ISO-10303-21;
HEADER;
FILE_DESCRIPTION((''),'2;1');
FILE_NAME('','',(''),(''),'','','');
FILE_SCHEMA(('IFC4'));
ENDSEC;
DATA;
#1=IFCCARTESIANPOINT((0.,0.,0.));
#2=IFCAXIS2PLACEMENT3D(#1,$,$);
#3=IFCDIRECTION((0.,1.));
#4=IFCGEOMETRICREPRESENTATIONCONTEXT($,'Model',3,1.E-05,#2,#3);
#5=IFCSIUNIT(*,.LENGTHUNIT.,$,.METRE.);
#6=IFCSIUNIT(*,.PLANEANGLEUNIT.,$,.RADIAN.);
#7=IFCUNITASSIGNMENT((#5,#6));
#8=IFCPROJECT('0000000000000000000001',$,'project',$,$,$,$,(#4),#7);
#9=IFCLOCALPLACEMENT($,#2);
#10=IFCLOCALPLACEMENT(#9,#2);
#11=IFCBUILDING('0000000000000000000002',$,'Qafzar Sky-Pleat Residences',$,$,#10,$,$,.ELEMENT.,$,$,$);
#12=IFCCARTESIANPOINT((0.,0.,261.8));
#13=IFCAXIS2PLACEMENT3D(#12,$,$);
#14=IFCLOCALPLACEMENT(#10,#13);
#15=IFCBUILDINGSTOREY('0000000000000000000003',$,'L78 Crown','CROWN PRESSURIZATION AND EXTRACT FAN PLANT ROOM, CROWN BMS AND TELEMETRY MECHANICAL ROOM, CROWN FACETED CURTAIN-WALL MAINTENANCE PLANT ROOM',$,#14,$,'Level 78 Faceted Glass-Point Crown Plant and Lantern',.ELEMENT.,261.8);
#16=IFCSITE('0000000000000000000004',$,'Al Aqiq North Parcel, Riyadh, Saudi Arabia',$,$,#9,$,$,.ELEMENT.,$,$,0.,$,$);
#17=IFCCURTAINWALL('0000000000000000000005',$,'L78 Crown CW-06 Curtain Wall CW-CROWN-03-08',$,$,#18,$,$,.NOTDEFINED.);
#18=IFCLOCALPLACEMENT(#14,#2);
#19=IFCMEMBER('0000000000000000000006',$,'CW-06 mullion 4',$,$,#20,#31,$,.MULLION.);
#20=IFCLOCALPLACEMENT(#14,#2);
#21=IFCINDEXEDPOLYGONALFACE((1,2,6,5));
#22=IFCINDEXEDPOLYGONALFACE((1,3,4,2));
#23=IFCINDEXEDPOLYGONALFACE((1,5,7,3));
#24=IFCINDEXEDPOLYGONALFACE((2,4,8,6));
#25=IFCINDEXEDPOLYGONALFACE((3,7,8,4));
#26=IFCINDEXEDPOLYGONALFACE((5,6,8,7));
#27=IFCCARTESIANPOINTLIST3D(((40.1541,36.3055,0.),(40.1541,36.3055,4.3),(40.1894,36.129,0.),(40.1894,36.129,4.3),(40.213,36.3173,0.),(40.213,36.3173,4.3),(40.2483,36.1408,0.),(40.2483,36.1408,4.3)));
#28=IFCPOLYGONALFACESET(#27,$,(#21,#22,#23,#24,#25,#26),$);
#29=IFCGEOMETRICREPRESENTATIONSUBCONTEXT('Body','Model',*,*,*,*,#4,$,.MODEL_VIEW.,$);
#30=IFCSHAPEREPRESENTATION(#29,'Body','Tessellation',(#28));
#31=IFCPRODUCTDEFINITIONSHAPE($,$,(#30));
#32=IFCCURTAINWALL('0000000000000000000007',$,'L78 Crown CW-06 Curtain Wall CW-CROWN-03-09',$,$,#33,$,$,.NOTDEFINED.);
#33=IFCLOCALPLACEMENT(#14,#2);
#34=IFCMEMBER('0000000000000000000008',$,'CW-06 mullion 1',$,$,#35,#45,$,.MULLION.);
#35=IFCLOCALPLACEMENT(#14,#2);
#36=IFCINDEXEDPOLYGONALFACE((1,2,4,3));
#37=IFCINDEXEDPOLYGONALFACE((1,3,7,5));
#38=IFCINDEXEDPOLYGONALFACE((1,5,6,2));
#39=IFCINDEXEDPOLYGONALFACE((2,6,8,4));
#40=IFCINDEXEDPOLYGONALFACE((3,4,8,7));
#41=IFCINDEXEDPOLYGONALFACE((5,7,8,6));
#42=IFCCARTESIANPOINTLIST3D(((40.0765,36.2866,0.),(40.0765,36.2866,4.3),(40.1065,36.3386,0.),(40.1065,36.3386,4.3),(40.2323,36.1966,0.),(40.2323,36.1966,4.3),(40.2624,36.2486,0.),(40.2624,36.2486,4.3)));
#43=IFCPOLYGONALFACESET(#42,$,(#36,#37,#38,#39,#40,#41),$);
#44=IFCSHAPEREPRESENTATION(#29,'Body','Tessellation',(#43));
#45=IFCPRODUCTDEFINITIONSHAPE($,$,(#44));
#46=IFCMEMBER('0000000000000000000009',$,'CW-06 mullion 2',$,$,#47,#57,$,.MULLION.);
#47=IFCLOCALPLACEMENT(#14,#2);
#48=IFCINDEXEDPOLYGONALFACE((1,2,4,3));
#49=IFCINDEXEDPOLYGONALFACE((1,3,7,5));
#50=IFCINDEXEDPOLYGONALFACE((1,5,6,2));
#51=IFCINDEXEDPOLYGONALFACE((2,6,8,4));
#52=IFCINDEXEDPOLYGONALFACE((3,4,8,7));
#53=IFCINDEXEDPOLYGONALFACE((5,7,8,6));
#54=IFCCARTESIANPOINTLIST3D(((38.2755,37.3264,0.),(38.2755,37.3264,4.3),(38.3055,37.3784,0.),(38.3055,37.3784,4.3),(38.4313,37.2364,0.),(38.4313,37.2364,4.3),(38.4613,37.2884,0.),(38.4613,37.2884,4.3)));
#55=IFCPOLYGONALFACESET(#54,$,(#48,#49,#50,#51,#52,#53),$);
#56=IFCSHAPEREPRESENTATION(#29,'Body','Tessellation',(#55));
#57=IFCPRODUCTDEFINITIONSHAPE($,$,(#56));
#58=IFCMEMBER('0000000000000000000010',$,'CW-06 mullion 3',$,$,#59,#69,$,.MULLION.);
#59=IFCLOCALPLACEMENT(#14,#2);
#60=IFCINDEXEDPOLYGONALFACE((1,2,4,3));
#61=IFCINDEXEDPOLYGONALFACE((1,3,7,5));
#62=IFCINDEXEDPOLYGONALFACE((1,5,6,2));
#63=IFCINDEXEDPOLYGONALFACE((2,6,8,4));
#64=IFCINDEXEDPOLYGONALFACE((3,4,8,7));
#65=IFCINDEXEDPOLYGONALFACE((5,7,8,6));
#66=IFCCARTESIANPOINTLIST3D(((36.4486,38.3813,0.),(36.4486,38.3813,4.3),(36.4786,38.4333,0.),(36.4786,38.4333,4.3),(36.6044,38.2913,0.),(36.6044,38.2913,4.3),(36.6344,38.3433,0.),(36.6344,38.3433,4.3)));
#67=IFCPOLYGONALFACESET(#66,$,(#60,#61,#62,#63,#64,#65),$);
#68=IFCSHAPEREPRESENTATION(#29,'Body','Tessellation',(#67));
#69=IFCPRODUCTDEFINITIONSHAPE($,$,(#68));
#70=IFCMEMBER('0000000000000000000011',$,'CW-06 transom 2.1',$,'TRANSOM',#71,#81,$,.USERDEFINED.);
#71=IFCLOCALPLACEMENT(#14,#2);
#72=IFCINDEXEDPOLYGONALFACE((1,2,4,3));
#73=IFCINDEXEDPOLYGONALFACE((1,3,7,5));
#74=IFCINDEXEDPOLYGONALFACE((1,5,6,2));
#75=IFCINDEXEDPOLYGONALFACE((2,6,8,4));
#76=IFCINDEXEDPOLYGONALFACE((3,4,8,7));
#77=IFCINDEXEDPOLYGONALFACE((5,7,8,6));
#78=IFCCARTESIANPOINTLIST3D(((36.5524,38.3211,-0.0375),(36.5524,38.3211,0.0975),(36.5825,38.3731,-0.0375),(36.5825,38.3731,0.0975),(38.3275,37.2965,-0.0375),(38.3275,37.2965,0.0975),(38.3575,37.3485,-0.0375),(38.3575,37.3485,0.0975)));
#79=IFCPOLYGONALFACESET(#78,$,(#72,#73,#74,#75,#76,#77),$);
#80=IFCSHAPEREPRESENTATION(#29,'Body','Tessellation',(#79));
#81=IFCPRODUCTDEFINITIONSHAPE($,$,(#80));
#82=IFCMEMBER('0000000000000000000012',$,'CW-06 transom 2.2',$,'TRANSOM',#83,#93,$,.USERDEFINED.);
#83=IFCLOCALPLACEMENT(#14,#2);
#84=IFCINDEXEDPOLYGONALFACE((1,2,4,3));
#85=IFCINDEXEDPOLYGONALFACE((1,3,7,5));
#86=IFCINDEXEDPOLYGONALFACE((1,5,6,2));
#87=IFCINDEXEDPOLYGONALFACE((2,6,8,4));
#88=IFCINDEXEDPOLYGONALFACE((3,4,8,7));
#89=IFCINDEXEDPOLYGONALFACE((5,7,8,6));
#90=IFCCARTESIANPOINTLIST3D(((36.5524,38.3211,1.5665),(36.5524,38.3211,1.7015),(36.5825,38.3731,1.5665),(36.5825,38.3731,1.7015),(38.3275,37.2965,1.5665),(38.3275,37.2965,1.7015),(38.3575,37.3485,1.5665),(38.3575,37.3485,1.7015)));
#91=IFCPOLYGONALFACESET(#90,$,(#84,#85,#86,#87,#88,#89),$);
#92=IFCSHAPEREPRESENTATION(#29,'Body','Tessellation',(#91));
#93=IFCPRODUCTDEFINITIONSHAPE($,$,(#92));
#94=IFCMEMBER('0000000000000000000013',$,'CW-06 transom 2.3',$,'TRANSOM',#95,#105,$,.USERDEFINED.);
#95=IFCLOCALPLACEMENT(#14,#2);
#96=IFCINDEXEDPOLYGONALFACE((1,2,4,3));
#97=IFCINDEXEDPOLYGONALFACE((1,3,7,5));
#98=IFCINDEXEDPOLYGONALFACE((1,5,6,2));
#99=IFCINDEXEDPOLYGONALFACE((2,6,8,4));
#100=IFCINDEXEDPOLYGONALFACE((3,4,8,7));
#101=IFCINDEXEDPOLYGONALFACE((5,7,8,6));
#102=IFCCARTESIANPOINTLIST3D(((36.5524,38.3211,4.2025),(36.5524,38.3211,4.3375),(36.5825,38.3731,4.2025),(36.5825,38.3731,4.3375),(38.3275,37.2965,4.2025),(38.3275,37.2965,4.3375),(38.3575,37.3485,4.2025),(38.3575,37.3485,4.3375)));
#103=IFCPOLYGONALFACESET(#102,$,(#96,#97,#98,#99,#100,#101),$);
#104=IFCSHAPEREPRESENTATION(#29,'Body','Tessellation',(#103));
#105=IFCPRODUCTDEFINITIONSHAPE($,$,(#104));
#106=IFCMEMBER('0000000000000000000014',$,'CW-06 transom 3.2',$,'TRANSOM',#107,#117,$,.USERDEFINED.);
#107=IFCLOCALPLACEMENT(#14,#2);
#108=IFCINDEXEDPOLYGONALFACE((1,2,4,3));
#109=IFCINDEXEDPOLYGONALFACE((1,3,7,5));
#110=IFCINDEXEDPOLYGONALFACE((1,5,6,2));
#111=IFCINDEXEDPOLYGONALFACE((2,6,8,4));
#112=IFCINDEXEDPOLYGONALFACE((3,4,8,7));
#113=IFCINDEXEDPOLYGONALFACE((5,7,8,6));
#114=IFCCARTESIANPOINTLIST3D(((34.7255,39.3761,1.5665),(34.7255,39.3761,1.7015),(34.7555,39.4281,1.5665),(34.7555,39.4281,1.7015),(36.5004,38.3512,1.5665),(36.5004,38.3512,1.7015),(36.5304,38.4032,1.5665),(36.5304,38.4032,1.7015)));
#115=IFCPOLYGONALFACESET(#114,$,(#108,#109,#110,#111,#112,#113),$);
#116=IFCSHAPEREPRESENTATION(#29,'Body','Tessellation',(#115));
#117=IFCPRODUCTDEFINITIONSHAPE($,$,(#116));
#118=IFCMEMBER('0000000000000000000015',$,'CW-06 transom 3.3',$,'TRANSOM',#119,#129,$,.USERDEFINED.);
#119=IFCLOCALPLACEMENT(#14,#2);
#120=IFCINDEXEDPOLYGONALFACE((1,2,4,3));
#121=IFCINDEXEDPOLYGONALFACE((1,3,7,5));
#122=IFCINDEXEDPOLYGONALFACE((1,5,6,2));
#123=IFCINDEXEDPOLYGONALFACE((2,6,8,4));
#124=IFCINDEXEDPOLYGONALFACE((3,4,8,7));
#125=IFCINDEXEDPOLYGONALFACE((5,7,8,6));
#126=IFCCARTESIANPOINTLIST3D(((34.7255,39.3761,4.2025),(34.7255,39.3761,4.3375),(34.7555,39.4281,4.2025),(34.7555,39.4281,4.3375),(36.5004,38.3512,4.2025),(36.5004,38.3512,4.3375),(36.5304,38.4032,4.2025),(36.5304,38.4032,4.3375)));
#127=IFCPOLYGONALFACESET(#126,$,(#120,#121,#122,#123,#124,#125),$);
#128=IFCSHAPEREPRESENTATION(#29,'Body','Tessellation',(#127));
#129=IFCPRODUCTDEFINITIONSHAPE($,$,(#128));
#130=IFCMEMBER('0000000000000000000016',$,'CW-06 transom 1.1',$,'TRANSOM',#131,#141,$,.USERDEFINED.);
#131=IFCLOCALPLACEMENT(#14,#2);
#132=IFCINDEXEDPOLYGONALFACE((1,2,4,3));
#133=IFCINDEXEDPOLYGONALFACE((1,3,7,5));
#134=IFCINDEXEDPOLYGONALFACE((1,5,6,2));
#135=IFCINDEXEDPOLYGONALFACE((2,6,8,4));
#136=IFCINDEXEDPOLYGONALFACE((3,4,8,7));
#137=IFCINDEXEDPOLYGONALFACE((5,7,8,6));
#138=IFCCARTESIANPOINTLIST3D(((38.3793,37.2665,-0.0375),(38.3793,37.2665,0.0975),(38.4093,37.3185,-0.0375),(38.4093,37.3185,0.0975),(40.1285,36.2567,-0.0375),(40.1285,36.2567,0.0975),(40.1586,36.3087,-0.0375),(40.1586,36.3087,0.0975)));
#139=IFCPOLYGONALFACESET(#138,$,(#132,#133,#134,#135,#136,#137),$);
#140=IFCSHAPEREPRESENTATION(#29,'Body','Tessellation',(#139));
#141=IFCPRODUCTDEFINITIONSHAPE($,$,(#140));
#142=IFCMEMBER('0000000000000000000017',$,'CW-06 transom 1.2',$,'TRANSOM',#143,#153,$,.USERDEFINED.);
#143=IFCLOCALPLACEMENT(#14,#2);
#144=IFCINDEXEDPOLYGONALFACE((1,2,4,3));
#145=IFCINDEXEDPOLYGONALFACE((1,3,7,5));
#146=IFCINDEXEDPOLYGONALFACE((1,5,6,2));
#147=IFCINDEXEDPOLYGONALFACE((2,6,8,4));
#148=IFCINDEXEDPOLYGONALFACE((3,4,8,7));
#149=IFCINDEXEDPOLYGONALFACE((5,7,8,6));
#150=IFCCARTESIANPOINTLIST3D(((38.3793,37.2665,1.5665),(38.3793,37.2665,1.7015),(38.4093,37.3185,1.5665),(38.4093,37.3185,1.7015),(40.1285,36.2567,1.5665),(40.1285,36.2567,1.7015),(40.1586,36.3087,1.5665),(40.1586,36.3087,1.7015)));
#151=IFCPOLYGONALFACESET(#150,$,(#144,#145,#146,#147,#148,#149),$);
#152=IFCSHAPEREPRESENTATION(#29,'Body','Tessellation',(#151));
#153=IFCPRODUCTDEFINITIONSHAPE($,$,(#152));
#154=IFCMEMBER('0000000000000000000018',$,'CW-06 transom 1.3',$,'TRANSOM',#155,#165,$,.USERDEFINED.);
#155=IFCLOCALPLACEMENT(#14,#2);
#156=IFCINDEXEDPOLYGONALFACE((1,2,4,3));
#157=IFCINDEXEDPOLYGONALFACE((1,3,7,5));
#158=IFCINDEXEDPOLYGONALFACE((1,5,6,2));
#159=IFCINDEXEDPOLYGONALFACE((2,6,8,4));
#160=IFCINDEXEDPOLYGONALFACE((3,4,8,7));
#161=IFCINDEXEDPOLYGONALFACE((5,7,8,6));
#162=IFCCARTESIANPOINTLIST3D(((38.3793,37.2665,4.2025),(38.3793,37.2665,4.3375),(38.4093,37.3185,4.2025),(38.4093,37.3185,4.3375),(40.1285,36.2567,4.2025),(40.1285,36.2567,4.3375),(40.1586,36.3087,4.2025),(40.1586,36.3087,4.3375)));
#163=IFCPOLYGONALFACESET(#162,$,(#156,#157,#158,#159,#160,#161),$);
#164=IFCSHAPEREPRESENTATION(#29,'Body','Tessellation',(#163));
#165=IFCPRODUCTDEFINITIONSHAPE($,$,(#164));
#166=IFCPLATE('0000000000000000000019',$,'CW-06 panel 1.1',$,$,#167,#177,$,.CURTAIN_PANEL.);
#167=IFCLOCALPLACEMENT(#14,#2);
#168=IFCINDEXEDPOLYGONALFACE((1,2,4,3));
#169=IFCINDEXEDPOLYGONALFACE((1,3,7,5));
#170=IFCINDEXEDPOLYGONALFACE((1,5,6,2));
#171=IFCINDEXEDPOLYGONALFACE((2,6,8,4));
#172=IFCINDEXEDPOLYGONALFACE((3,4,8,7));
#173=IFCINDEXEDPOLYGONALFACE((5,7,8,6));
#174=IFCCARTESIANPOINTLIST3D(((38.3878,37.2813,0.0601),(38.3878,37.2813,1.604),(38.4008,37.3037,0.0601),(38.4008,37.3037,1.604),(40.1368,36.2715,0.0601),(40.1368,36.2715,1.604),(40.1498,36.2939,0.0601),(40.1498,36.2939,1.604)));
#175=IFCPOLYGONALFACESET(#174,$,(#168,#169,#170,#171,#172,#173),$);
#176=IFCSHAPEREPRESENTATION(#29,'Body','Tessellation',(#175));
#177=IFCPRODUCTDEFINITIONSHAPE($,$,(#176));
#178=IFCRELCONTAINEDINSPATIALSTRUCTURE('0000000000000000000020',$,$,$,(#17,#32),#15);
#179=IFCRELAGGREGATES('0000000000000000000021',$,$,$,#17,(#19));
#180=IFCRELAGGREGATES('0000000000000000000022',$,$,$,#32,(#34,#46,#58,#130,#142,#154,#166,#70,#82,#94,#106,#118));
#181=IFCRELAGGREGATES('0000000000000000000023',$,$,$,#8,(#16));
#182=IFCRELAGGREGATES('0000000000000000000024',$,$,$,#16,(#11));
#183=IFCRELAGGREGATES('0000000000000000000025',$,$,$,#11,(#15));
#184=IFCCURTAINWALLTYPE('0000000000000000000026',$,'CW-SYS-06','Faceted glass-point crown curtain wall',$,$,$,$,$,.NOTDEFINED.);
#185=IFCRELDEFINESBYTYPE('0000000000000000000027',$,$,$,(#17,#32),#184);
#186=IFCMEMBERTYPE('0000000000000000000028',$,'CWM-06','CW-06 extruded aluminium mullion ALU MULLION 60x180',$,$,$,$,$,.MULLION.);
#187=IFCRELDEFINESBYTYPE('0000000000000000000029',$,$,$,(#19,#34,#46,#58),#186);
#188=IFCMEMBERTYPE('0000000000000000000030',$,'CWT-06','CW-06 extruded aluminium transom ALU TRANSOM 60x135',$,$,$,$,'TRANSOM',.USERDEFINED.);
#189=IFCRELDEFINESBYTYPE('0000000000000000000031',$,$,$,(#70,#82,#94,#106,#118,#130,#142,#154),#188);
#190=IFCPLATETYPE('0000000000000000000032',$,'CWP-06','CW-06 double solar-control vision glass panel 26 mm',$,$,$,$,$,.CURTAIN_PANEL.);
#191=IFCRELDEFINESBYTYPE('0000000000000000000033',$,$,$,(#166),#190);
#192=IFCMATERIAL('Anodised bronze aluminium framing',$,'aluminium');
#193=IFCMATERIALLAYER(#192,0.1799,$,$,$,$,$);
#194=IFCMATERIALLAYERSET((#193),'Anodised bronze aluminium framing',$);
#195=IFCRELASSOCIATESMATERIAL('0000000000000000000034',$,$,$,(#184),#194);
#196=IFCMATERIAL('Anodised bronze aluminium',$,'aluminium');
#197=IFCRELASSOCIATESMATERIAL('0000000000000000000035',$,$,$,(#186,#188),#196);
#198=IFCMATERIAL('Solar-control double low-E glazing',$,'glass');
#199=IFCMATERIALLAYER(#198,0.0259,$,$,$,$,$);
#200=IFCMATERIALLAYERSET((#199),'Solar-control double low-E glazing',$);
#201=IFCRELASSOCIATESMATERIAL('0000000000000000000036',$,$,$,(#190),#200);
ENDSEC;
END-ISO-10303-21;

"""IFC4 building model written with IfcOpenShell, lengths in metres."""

from ifc_helpers import new_model, si_unit, direction, frame, origin, origin_2d, place, context, subcontext, project, spatial, rectangle, extrude, source, transform, mapped, material, layer, layer_set, material_profile, profile_set, type_object, element, aggregate, save


model = new_model("IFC4")

# Units and contexts
model_context = context("Model", 3, precision=1e-05, world=origin(), true_north=direction((0.0, 1.0)))
body_context = subcontext(model_context, "Body", "Model", "MODEL_VIEW")
ifc_project = project(units=[si_unit("LENGTHUNIT", "METRE"), si_unit("PLANEANGLEUNIT", "RADIAN")], contexts=[model_context])

# Site, building, storey
site_placement = place(None, origin())
site = spatial("IfcSite", under=ifc_project, at=site_placement, Name="Al Aqiq North Parcel, Riyadh, Saudi Arabia", CompositionType="ELEMENT", RefElevation=0.0)
building_placement = place(site_placement, origin())
building = spatial("IfcBuilding", under=site, at=building_placement, Name="Qafzar Sky-Pleat Residences", CompositionType="ELEMENT")
storey_placement = place(building_placement, frame((0.0, 0.0, 261.8)))
storey = spatial("IfcBuildingStorey", under=building, at=storey_placement, Name="L78 Crown", Description="CROWN PRESSURIZATION AND EXTRACT FAN PLANT ROOM, CROWN BMS AND TELEMETRY MECHANICAL ROOM, CROWN FACETED CURTAIN-WALL MAINTENANCE PLANT ROOM", LongName="Level 78 Faceted Glass-Point Crown Plant and Lantern", CompositionType="ELEMENT", Elevation=261.8)

# Curtain wall, member
ifc_material_1 = material(Name="Anodised bronze aluminium framing", Category="aluminium")
ifc_layer_1 = layer(ifc_material_1, 0.1799)
ifc_layer_set_1 = layer_set([ifc_layer_1], Name="Anodised bronze aluminium framing")
curtain_wall_type = type_object("IfcCurtainWallType", Name="CW-SYS-06", Description="Faceted glass-point crown curtain wall", PredefinedType="NOTDEFINED", material=ifc_layer_set_1)
curtain_wall_1_placement = place(storey_placement, origin())
curtain_wall_1 = element("IfcCurtainWall", 1, at=curtain_wall_1_placement, inside=storey, type_object=curtain_wall_type, Name="L78 Crown CW-06 Curtain Wall CW-CROWN-03-08", PredefinedType="NOTDEFINED")
ifc_material_2 = material(Name="Anodised bronze aluminium", Category="aluminium")
ifc_material_profile_1 = material_profile(ifc_material_2, rectangle(XDim=0.0601, YDim=0.1799, at=origin_2d()), Name="ALU MULLION 60x180")
ifc_profile_set_1 = profile_set([ifc_material_profile_1], Name="Anodised bronze aluminium")
member_type_1 = type_object("IfcMemberType", Name="CWM-06", Description="CW-06 extruded aluminium mullion ALU MULLION 60x180", PredefinedType="MULLION", material=ifc_profile_set_1)
shared_shape_1 = source(origin(), body_context, "Body", "SweptSolid", [
    extrude(rectangle(XDim=0.0601, YDim=0.1799, at=origin_2d()), origin(), (0.0, 0.0, 1.0), 4.3),
])
member_1_placement = place(storey_placement, frame((40.2012, 36.2231, 0.0), z_axis=(0.0, 0.0, 1.0), x_axis=(-0.980581, -0.196113, 0.0)))
member_1 = element("IfcMember", 2, at=member_1_placement, type_object=member_type_1, Name="CW-06 mullion 4", PredefinedType="MULLION", context=body_context, shape_type="MappedRepresentation", body=[
    mapped(shared_shape_1, transform((0.0, 0.0, 0.0), x_axis=(1.0, 0.0, 0.0), y_axis=(0.0, 1.0, 0.0), z_axis=(0.0, 0.0, 1.0), scale=1.0)),
])
aggregate(curtain_wall_1, [member_1])

# Curtain wall, members, plate
curtain_wall_2_placement = place(storey_placement, origin())
curtain_wall_2 = element("IfcCurtainWall", 3, at=curtain_wall_2_placement, inside=storey, type_object=curtain_wall_type, Name="L78 Crown CW-06 Curtain Wall CW-CROWN-03-09", PredefinedType="NOTDEFINED")
member_2_placement = place(storey_placement, frame((40.1694, 36.2676, 0.0), z_axis=(0.0, 0.0, 1.0), x_axis=(-0.500002, -0.866024, 0.0)))
member_2 = element("IfcMember", 4, at=member_2_placement, type_object=member_type_1, Name="CW-06 mullion 1", PredefinedType="MULLION", context=body_context, shape_type="MappedRepresentation", body=[
    mapped(shared_shape_1, transform((0.0, 0.0, 0.0), x_axis=(1.0, 0.0, 0.0), y_axis=(0.0, 1.0, 0.0), z_axis=(0.0, 0.0, 1.0), scale=1.0)),
])
member_3_placement = place(storey_placement, frame((38.3684, 37.3074, 0.0), z_axis=(0.0, 0.0, 1.0), x_axis=(-0.500002, -0.866024, 0.0)))
member_3 = element("IfcMember", 5, at=member_3_placement, type_object=member_type_1, Name="CW-06 mullion 2", PredefinedType="MULLION", context=body_context, shape_type="MappedRepresentation", body=[
    mapped(shared_shape_1, transform((0.0, 0.0, 0.0), x_axis=(1.0, 0.0, 0.0), y_axis=(0.0, 1.0, 0.0), z_axis=(0.0, 0.0, 1.0), scale=1.0)),
])
member_4_placement = place(storey_placement, frame((36.5415, 38.3623, 0.0), z_axis=(0.0, 0.0, 1.0), x_axis=(-0.500002, -0.866024, 0.0)))
member_4 = element("IfcMember", 6, at=member_4_placement, type_object=member_type_1, Name="CW-06 mullion 3", PredefinedType="MULLION", context=body_context, shape_type="MappedRepresentation", body=[
    mapped(shared_shape_1, transform((0.0, 0.0, 0.0), x_axis=(1.0, 0.0, 0.0), y_axis=(0.0, 1.0, 0.0), z_axis=(0.0, 0.0, 1.0), scale=1.0)),
])
ifc_material_profile_2 = material_profile(ifc_material_2, rectangle(XDim=0.0601, YDim=0.135, at=origin_2d()), Name="ALU TRANSOM 60x135")
ifc_profile_set_2 = profile_set([ifc_material_profile_2], Name="Anodised bronze aluminium")
member_type_2 = type_object("IfcMemberType", Name="CWT-06", Description="CW-06 extruded aluminium transom ALU TRANSOM 60x135", ElementType="TRANSOM", PredefinedType="USERDEFINED", material=ifc_profile_set_2)
shared_shape_2 = source(origin(), body_context, "Body", "SweptSolid", [
    extrude(rectangle(XDim=0.0601, YDim=0.135, at=origin_2d()), origin(), (0.0, 0.0, 1.0), 2.0496),
])
member_5_placement = place(storey_placement, frame((38.3425, 37.3225, 0.03), z_axis=(-0.866073, 0.499918, 0.0), x_axis=(-0.499918, -0.866073, 0.0)))
member_5 = element("IfcMember", 7, at=member_5_placement, type_object=member_type_2, Name="CW-06 transom 2.1", ObjectType="TRANSOM", PredefinedType="USERDEFINED", context=body_context, shape_type="MappedRepresentation", body=[
    mapped(shared_shape_2, transform((0.0, 0.0, 0.0), x_axis=(1.0, 0.0, 0.0), y_axis=(0.0, 1.0, 0.0), z_axis=(0.0, 0.0, 1.0), scale=1.0)),
])
member_6_placement = place(storey_placement, frame((38.3425, 37.3225, 1.634), z_axis=(-0.866073, 0.499918, 0.0), x_axis=(-0.499918, -0.866073, 0.0)))
member_6 = element("IfcMember", 8, at=member_6_placement, type_object=member_type_2, Name="CW-06 transom 2.2", ObjectType="TRANSOM", PredefinedType="USERDEFINED", context=body_context, shape_type="MappedRepresentation", body=[
    mapped(shared_shape_2, transform((0.0, 0.0, 0.0), x_axis=(1.0, 0.0, 0.0), y_axis=(0.0, 1.0, 0.0), z_axis=(0.0, 0.0, 1.0), scale=1.0)),
])
member_7_placement = place(storey_placement, frame((38.3425, 37.3225, 4.27), z_axis=(-0.866073, 0.499918, 0.0), x_axis=(-0.499918, -0.866073, 0.0)))
member_7 = element("IfcMember", 9, at=member_7_placement, type_object=member_type_2, Name="CW-06 transom 2.3", ObjectType="TRANSOM", PredefinedType="USERDEFINED", context=body_context, shape_type="MappedRepresentation", body=[
    mapped(shared_shape_2, transform((0.0, 0.0, 0.0), x_axis=(1.0, 0.0, 0.0), y_axis=(0.0, 1.0, 0.0), z_axis=(0.0, 0.0, 1.0), scale=1.0)),
])
member_8_placement = place(storey_placement, frame((36.5154, 38.3772, 1.634), z_axis=(-0.865991, 0.500059, 0.0), x_axis=(-0.500059, -0.865991, 0.0)))
member_8 = element("IfcMember", 10, at=member_8_placement, type_object=member_type_2, Name="CW-06 transom 3.2", ObjectType="TRANSOM", PredefinedType="USERDEFINED", context=body_context, shape_type="MappedRepresentation", body=[
    mapped(shared_shape_2, transform((0.0, 0.0, 0.0), x_axis=(1.0, 0.0, 0.0), y_axis=(0.0, 1.0, 0.0), z_axis=(0.0, 0.0, 1.0), scale=1.0)),
])
member_9_placement = place(storey_placement, frame((36.5154, 38.3772, 4.27), z_axis=(-0.865991, 0.500059, 0.0), x_axis=(-0.500059, -0.865991, 0.0)))
member_9 = element("IfcMember", 11, at=member_9_placement, type_object=member_type_2, Name="CW-06 transom 3.3", ObjectType="TRANSOM", PredefinedType="USERDEFINED", context=body_context, shape_type="MappedRepresentation", body=[
    mapped(shared_shape_2, transform((0.0, 0.0, 0.0), x_axis=(1.0, 0.0, 0.0), y_axis=(0.0, 1.0, 0.0), z_axis=(0.0, 0.0, 1.0), scale=1.0)),
])
shared_shape_3 = source(origin(), body_context, "Body", "SweptSolid", [
    extrude(rectangle(XDim=0.0601, YDim=0.135, at=origin_2d()), origin(), (0.0, 0.0, 1.0), 2.0198),
])
member_10_placement = place(storey_placement, frame((40.1436, 36.2827, 0.03), z_axis=(-0.866063, 0.499935, 0.0), x_axis=(-0.499935, -0.866063, 0.0)))
member_10 = element("IfcMember", 12, at=member_10_placement, type_object=member_type_2, Name="CW-06 transom 1.1", ObjectType="TRANSOM", PredefinedType="USERDEFINED", context=body_context, shape_type="MappedRepresentation", body=[
    mapped(shared_shape_3, transform((0.0, 0.0, 0.0), x_axis=(1.0, 0.0, 0.0), y_axis=(0.0, 1.0, 0.0), z_axis=(0.0, 0.0, 1.0), scale=1.0)),
])
member_11_placement = place(storey_placement, frame((40.1436, 36.2827, 1.634), z_axis=(-0.866063, 0.499935, 0.0), x_axis=(-0.499935, -0.866063, 0.0)))
member_11 = element("IfcMember", 13, at=member_11_placement, type_object=member_type_2, Name="CW-06 transom 1.2", ObjectType="TRANSOM", PredefinedType="USERDEFINED", context=body_context, shape_type="MappedRepresentation", body=[
    mapped(shared_shape_3, transform((0.0, 0.0, 0.0), x_axis=(1.0, 0.0, 0.0), y_axis=(0.0, 1.0, 0.0), z_axis=(0.0, 0.0, 1.0), scale=1.0)),
])
member_12_placement = place(storey_placement, frame((40.1436, 36.2827, 4.27), z_axis=(-0.866063, 0.499935, 0.0), x_axis=(-0.499935, -0.866063, 0.0)))
member_12 = element("IfcMember", 14, at=member_12_placement, type_object=member_type_2, Name="CW-06 transom 1.3", ObjectType="TRANSOM", PredefinedType="USERDEFINED", context=body_context, shape_type="MappedRepresentation", body=[
    mapped(shared_shape_3, transform((0.0, 0.0, 0.0), x_axis=(1.0, 0.0, 0.0), y_axis=(0.0, 1.0, 0.0), z_axis=(0.0, 0.0, 1.0), scale=1.0)),
])
ifc_material_3 = material(Name="Solar-control double low-E glazing", Category="glass")
ifc_layer_2 = layer(ifc_material_3, 0.0259)
ifc_layer_set_2 = layer_set([ifc_layer_2], Name="Solar-control double low-E glazing")
plate_type = type_object("IfcPlateType", Name="CWP-06", Description="CW-06 double solar-control vision glass panel 26 mm", PredefinedType="CURTAIN_PANEL", material=ifc_layer_set_2)
shared_shape_4 = source(origin(), body_context, "Body", "SweptSolid", [
    extrude(rectangle(XDim=2.0195, YDim=0.0259, at=origin_2d()), origin(), (0.0, 0.0, 1.0), 1.5439),
])
plate_1_placement = place(storey_placement, frame((39.2688, 36.7876, 0.0601), z_axis=(0.0, 0.0, 1.0), x_axis=(-0.866024, 0.500002, 0.0)))
plate_1 = element("IfcPlate", 15, at=plate_1_placement, type_object=plate_type, Name="CW-06 panel 1.1", PredefinedType="CURTAIN_PANEL", context=body_context, shape_type="MappedRepresentation", body=[
    mapped(shared_shape_4, transform((0.0, 0.0, 0.0), x_axis=(1.0, 0.0, 0.0), y_axis=(0.0, 1.0, 0.0), z_axis=(0.0, 0.0, 1.0), scale=1.0)),
])
aggregate(curtain_wall_2, [member_2, member_3, member_4, member_10, member_11, member_12, plate_1, member_5, member_6, member_7, member_8, member_9])

save(model, "model.ifc")
